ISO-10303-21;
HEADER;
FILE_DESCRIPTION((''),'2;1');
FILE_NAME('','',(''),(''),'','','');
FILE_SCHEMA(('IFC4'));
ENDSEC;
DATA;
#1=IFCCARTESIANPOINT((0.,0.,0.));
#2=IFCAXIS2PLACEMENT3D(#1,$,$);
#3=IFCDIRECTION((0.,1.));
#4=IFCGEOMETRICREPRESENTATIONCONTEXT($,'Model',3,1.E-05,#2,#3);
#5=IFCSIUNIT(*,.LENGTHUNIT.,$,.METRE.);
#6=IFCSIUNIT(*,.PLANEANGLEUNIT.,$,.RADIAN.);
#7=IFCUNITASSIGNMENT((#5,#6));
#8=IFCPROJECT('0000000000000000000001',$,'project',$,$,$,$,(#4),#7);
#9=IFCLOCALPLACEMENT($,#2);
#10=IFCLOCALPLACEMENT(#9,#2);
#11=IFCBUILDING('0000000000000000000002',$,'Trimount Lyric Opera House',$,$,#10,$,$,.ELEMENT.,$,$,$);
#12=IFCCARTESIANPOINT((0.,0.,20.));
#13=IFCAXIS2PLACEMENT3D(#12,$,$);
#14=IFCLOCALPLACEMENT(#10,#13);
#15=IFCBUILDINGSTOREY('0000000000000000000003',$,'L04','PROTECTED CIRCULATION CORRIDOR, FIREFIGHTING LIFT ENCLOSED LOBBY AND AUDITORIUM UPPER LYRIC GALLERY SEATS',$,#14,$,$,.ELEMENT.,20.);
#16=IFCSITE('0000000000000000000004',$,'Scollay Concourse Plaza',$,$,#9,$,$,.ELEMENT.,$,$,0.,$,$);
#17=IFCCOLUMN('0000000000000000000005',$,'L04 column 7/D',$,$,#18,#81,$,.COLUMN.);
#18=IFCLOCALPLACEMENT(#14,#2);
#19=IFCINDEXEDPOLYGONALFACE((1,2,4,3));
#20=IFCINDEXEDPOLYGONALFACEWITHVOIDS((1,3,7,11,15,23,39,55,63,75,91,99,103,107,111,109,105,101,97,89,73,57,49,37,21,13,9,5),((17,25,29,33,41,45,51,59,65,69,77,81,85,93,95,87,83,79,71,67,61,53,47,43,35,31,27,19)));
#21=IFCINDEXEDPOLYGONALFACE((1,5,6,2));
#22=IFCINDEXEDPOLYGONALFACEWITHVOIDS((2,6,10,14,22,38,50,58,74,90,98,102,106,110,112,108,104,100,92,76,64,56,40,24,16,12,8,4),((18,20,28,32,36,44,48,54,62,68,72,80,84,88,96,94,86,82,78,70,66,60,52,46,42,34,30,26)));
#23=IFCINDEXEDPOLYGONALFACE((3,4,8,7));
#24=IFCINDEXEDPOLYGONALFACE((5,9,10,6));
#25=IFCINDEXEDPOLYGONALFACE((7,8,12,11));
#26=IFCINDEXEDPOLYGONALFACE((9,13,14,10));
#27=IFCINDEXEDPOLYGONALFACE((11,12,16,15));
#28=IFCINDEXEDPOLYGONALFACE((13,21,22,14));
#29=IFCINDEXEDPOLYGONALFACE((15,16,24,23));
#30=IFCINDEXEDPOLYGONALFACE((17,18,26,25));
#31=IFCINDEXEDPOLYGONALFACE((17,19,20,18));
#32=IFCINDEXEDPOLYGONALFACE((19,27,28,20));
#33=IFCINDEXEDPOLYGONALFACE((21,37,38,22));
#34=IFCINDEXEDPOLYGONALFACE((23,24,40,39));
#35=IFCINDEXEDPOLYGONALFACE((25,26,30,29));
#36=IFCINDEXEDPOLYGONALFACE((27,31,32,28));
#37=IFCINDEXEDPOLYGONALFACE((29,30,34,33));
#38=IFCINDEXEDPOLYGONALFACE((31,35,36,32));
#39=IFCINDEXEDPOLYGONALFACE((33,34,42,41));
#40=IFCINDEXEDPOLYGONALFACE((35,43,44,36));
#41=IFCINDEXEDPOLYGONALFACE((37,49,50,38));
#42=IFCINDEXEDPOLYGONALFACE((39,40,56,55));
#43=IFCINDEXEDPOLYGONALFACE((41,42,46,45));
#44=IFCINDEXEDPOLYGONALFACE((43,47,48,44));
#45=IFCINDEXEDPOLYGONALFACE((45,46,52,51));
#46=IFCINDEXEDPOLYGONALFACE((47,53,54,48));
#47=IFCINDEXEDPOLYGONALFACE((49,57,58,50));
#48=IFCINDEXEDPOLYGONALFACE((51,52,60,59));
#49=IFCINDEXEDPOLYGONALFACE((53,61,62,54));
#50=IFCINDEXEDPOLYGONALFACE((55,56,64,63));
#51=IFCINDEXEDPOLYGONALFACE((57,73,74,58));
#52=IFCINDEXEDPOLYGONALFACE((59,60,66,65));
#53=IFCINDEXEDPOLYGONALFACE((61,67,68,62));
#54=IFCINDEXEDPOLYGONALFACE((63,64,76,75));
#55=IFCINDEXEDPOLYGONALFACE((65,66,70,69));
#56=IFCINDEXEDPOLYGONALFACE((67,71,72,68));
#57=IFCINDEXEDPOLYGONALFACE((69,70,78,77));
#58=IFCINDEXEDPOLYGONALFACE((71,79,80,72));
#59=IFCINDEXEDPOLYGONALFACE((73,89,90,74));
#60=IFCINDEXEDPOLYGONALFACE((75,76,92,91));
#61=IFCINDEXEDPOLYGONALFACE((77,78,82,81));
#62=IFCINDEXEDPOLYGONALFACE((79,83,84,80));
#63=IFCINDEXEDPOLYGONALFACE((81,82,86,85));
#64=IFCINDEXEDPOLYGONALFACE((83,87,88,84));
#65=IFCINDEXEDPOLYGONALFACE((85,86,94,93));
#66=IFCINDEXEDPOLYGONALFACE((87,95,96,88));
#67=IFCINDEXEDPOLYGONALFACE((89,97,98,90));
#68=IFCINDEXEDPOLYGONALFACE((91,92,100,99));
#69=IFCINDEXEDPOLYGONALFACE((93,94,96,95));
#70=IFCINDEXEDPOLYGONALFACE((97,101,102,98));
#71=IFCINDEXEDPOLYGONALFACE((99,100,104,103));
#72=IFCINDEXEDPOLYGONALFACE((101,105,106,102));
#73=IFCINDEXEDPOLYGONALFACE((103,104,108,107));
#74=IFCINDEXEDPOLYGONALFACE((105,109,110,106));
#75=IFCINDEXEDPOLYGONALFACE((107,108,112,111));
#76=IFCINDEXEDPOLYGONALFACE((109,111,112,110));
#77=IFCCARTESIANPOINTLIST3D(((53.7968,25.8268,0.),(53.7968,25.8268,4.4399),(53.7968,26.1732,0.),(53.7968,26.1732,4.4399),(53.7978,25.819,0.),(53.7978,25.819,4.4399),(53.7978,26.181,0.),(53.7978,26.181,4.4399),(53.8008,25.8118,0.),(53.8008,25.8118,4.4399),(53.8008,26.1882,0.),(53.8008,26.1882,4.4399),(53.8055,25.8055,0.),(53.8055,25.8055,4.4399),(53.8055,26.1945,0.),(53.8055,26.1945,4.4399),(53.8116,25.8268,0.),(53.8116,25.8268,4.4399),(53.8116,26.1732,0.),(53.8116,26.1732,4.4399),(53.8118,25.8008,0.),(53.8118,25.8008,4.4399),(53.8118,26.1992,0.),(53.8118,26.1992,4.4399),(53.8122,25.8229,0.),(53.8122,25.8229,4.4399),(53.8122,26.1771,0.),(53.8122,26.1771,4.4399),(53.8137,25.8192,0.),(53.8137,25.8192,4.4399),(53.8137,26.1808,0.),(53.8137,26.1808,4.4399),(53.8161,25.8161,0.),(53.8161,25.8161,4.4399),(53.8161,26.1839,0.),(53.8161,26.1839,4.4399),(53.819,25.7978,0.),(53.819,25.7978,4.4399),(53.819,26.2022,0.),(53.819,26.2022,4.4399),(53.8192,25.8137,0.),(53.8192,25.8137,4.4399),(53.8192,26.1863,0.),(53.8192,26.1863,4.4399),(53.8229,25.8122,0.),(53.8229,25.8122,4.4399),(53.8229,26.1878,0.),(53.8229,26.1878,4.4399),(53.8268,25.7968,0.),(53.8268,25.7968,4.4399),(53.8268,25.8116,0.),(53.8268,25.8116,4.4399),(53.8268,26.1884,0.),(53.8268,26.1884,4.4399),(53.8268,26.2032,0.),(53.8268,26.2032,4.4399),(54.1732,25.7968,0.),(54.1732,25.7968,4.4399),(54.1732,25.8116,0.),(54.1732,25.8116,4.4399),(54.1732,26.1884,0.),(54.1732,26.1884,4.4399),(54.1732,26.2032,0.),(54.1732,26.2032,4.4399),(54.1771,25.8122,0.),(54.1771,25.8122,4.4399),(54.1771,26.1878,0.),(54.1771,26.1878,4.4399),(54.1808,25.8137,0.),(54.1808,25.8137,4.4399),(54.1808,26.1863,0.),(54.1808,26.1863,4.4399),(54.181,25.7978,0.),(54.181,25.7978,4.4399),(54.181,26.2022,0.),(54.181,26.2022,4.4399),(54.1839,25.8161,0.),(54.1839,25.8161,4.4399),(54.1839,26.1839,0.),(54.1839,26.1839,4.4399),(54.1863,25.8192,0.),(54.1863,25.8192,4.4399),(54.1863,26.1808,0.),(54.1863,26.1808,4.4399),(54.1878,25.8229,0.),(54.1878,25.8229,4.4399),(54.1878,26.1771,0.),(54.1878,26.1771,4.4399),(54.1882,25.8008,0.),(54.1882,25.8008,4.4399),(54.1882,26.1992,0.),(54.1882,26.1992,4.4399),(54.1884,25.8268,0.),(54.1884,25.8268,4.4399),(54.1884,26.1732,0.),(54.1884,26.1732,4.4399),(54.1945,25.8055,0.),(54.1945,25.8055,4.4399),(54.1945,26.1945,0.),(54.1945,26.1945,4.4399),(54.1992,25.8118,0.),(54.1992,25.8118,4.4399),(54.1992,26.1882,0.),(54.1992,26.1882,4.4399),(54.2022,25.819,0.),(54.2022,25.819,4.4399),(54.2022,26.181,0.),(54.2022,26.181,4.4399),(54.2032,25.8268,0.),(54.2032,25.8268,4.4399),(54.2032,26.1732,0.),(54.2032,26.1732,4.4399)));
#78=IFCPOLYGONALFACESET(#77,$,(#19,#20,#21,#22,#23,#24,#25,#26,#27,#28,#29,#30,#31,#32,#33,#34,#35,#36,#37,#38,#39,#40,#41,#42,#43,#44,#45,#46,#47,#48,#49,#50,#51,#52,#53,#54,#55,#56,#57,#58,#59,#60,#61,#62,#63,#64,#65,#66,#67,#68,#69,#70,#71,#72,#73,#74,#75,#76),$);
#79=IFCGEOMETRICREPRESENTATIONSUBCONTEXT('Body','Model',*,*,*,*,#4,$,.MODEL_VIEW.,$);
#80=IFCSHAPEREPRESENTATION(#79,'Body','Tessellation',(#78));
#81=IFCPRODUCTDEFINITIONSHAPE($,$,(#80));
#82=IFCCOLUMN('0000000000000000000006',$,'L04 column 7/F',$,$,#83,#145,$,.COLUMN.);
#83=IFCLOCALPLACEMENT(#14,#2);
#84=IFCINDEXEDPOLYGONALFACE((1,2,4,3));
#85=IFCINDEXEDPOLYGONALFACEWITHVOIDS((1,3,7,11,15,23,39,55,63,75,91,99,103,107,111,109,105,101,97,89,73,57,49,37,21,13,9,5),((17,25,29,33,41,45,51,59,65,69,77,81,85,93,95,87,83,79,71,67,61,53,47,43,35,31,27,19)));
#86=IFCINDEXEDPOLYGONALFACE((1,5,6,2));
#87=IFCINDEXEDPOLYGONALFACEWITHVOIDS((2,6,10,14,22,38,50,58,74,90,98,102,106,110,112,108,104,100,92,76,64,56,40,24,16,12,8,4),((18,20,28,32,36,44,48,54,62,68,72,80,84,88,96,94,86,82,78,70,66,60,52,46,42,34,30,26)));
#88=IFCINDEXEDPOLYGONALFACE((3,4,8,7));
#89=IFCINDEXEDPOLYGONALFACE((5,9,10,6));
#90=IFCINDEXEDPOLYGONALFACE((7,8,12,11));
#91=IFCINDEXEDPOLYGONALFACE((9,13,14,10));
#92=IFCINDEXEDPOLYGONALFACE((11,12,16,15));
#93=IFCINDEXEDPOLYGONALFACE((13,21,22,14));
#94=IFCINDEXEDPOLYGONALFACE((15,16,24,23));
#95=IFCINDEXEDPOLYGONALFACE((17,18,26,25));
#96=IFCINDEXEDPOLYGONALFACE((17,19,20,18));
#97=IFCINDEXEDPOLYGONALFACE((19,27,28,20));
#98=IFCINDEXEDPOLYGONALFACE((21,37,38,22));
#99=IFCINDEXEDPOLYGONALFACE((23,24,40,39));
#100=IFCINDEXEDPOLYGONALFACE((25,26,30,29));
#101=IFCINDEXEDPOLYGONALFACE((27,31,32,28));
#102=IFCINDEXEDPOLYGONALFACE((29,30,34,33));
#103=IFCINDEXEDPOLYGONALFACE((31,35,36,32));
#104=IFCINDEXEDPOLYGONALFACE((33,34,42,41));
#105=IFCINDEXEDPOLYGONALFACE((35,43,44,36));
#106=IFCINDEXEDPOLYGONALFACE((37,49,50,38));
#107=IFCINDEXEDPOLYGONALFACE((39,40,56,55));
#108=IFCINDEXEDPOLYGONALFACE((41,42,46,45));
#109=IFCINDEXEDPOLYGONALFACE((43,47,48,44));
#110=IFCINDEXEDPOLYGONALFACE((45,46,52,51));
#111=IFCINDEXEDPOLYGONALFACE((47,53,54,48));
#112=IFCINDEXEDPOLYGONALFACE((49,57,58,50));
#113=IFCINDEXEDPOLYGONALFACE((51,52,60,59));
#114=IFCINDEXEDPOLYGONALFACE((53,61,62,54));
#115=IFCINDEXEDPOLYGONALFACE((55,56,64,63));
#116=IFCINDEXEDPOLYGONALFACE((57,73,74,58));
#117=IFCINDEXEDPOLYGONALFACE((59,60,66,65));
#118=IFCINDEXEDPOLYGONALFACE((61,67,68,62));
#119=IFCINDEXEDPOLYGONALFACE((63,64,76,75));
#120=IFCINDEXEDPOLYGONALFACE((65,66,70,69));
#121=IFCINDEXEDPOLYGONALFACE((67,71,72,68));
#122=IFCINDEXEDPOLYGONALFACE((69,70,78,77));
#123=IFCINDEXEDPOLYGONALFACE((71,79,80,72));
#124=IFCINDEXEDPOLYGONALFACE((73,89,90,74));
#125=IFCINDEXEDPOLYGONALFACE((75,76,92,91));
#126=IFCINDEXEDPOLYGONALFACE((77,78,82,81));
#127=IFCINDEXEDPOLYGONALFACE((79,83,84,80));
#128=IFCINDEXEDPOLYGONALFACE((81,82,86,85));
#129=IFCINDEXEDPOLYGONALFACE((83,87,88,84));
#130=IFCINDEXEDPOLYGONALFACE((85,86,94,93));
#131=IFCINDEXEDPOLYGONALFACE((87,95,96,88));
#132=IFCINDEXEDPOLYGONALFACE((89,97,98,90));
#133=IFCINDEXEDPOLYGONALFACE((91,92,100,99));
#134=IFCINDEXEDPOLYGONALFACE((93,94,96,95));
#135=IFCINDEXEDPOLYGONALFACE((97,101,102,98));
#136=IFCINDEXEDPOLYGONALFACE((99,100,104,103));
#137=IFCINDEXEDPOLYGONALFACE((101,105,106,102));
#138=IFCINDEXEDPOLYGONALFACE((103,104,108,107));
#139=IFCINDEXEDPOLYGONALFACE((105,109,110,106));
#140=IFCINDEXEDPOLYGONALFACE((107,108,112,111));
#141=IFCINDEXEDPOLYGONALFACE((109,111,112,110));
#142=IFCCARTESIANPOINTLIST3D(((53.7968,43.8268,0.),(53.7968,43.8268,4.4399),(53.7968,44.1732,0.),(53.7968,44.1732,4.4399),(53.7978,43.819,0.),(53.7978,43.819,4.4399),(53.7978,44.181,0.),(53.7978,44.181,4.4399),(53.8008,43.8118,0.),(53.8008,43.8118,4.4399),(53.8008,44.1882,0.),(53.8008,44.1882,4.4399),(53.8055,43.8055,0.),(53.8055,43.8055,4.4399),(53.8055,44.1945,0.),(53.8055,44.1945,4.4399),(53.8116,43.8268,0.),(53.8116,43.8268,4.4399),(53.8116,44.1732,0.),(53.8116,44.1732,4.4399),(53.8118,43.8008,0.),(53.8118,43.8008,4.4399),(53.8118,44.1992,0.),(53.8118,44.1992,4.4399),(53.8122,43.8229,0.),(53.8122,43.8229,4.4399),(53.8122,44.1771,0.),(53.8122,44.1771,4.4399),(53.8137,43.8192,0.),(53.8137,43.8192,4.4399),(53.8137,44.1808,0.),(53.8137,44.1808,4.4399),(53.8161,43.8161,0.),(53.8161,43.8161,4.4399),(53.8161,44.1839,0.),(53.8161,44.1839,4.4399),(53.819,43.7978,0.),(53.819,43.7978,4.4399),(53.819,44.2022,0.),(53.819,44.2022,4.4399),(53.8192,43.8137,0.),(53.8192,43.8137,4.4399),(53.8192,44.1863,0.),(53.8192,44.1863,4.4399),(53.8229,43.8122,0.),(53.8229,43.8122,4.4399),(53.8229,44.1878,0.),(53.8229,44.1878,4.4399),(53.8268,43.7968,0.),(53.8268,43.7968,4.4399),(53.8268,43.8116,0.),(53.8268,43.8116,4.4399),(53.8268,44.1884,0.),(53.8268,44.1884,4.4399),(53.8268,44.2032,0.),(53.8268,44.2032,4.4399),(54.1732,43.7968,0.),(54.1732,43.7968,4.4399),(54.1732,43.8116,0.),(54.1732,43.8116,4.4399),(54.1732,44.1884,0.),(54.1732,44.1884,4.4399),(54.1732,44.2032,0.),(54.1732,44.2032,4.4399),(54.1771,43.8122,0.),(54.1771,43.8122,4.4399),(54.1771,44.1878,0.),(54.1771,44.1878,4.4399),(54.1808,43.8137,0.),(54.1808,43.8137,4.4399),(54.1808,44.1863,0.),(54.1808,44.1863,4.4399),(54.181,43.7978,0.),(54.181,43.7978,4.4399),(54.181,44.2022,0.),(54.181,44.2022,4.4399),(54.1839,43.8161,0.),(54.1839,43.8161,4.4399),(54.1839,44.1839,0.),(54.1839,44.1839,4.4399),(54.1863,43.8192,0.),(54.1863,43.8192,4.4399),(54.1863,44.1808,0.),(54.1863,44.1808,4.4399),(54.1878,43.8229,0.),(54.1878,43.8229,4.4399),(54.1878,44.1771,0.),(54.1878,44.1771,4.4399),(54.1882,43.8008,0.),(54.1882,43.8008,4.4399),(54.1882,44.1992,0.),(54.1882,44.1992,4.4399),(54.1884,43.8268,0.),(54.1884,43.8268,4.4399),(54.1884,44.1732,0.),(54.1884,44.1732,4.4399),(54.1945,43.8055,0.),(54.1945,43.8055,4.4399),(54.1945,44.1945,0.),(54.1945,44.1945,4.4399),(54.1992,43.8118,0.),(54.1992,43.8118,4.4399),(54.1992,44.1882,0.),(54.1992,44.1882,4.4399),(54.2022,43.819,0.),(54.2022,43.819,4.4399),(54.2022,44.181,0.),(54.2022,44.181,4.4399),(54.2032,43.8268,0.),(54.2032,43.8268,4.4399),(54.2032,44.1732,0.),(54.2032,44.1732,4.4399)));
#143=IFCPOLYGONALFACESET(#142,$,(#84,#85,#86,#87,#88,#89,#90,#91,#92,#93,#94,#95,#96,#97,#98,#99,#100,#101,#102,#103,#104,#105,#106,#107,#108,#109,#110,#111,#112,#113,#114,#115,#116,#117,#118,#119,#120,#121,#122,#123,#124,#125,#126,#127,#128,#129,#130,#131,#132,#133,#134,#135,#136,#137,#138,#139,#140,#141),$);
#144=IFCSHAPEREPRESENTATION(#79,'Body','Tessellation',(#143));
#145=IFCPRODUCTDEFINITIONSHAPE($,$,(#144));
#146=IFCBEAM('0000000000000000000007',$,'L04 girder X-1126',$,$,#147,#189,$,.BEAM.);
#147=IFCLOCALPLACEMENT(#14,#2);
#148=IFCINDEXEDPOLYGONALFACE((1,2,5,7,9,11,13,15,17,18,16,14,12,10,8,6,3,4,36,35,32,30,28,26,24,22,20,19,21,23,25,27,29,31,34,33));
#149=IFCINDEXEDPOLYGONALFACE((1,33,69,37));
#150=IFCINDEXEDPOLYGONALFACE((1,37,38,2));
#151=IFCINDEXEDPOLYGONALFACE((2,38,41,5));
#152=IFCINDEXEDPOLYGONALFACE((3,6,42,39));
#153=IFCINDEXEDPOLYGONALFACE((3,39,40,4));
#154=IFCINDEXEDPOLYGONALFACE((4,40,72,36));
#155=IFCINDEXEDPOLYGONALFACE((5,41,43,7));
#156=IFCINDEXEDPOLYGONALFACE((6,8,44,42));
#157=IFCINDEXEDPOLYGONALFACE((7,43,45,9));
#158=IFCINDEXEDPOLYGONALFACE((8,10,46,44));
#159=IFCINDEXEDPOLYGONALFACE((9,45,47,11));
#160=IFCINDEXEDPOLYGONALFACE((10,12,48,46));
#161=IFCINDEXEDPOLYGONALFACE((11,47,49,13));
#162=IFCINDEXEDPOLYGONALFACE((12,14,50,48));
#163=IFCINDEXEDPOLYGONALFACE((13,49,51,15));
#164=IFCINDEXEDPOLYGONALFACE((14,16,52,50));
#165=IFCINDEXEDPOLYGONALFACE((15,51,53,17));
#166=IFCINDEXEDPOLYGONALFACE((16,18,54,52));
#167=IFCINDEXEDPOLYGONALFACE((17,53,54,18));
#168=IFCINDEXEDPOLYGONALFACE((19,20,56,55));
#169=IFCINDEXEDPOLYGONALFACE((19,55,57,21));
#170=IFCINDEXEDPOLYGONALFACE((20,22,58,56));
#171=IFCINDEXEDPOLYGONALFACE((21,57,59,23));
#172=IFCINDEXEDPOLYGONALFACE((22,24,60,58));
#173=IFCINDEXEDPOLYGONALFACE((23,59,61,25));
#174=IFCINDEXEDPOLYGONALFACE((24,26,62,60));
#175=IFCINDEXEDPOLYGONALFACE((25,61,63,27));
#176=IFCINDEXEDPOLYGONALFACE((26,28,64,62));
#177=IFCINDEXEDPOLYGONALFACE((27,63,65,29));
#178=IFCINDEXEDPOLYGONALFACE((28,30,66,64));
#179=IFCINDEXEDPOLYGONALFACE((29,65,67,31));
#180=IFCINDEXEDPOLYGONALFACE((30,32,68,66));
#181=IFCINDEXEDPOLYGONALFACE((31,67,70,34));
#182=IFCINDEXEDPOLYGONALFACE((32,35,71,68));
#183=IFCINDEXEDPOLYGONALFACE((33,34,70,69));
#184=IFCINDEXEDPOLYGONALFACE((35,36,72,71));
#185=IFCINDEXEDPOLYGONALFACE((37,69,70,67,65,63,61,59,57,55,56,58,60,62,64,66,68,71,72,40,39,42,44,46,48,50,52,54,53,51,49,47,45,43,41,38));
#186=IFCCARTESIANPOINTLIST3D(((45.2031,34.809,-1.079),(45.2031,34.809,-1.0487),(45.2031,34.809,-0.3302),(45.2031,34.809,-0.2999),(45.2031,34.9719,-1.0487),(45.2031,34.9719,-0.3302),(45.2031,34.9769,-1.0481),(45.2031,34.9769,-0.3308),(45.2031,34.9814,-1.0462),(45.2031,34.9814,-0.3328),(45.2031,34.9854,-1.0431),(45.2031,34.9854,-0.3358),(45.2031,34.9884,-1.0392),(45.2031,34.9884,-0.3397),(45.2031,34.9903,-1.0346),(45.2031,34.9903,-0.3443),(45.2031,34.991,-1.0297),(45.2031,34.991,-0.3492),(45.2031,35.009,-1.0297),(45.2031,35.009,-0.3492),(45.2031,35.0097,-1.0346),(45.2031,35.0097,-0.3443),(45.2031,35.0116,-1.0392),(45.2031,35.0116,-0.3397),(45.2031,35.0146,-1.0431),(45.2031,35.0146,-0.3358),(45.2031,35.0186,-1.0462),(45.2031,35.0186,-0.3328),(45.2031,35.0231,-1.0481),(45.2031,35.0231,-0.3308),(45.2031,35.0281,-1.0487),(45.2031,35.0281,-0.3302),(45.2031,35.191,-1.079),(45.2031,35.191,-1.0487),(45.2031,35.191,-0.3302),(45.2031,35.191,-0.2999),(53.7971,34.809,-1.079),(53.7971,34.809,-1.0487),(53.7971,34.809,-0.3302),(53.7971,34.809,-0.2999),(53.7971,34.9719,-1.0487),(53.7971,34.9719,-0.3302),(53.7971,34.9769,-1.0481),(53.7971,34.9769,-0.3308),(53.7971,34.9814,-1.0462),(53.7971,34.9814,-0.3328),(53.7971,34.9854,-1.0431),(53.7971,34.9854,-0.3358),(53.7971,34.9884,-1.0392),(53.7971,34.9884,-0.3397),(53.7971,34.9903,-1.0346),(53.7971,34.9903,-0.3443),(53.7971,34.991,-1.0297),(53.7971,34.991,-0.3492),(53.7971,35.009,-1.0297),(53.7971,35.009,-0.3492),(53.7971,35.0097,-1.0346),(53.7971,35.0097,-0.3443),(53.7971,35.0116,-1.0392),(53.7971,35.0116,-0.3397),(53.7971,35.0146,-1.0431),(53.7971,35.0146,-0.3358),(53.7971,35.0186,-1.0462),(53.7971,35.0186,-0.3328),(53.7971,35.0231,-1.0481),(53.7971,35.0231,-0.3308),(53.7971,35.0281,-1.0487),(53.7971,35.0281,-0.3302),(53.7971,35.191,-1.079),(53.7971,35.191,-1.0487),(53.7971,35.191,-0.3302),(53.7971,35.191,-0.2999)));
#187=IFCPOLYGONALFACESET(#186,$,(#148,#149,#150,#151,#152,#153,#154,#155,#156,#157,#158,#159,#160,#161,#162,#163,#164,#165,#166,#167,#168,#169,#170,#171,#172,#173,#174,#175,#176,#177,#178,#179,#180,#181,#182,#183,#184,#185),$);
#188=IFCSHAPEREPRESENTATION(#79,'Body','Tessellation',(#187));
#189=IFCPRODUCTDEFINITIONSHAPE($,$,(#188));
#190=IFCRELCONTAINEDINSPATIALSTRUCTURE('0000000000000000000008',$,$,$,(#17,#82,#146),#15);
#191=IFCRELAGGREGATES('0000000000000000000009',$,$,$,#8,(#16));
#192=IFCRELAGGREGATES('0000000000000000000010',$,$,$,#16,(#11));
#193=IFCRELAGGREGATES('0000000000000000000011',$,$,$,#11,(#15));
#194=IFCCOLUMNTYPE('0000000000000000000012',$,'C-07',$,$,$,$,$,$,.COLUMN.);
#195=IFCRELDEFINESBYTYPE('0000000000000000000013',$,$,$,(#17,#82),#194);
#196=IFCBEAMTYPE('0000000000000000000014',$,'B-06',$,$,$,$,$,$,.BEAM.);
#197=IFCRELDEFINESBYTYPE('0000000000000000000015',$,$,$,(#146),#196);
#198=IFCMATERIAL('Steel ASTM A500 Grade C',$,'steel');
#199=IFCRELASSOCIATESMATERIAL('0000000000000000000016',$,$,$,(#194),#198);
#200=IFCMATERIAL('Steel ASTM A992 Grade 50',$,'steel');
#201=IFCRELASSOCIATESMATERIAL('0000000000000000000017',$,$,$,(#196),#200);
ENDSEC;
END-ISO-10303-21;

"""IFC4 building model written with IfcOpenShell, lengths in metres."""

from ifc_helpers import new_model, si_unit, direction, frame, origin, origin_2d, place, context, subcontext, project, spatial, hollow_rectangle, i_section, extrude, material, material_profile, profile_set, type_object, element, save


model = new_model("IFC4")

# Units and contexts
model_context = context("Model", 3, precision=1e-05, world=origin(), true_north=direction((0.0, 1.0)))
body_context = subcontext(model_context, "Body", "Model", "MODEL_VIEW")
ifc_project = project(units=[si_unit("LENGTHUNIT", "METRE"), si_unit("PLANEANGLEUNIT", "RADIAN")], contexts=[model_context])

# Site, building, storey
site_placement = place(None, origin())
site = spatial("IfcSite", under=ifc_project, at=site_placement, Name="Scollay Concourse Plaza", CompositionType="ELEMENT", RefElevation=0.0)
building_placement = place(site_placement, origin())
building = spatial("IfcBuilding", under=site, at=building_placement, Name="Trimount Lyric Opera House", CompositionType="ELEMENT")
storey_placement = place(building_placement, frame((0.0, 0.0, 20.0)))
storey = spatial("IfcBuildingStorey", under=building, at=storey_placement, Name="L04", Description="PROTECTED CIRCULATION CORRIDOR, FIREFIGHTING LIFT ENCLOSED LOBBY AND AUDITORIUM UPPER LYRIC GALLERY SEATS", CompositionType="ELEMENT", Elevation=20.0)

# Columns
ifc_material_1 = material(Name="Steel ASTM A500 Grade C", Category="steel")
ifc_material_profile_1 = material_profile(ifc_material_1, hollow_rectangle(XDim=0.4065, YDim=0.4065, WallThickness=0.0149, InnerFilletRadius=0.0151, OuterFilletRadius=0.03, at=origin_2d()), Name="HSS406.4X406.4X15.9")
ifc_profile_set_1 = profile_set([ifc_material_profile_1], Name="Steel ASTM A500 Grade C")
column_type_1 = type_object("IfcColumnType", Name="C-07", PredefinedType="COLUMN", material=ifc_profile_set_1)
for number, where, z_axis, x_axis, name in (
    (1, (54.0, 26.0, 0.0), (0.0, 0.0, 1.0), (1.0, 0.0, 0.0), "L04 column 7/D"),
    (2, (54.0, 44.0, 0.0), (0.0, 0.0, 1.0), (1.0, 0.0, 0.0), "L04 column 7/F"),
):
    element("IfcColumn", number, at=place(storey_placement, frame(where, z_axis=z_axis, x_axis=x_axis)), inside=storey, type_object=column_type_1, Name=name, PredefinedType="COLUMN", context=body_context, shape_type="SweptSolid", body=[
        extrude(hollow_rectangle(XDim=0.4065, YDim=0.4065, WallThickness=0.0149, InnerFilletRadius=0.0151, OuterFilletRadius=0.03, at=origin_2d()), origin(), (0.0, 0.0, 1.0), 4.4399),
    ])

# Beam
ifc_material_2 = material(Name="Steel ASTM A992 Grade 50", Category="steel")
ifc_material_profile_2 = material_profile(ifc_material_2, i_section(OverallWidth=0.3821, OverallDepth=0.7791, WebThickness=0.0181, FlangeThickness=0.0303, FilletRadius=0.019, at=origin_2d()), Name="W30X191")
ifc_profile_set_2 = profile_set([ifc_material_profile_2], Name="Steel ASTM A992 Grade 50")
beam_type_1 = type_object("IfcBeamType", Name="B-06", PredefinedType="BEAM", material=ifc_profile_set_2)
beam_1_placement = place(storey_placement, frame((45.2031, 35.0, -0.6895), z_axis=(1.0, 0.0, 0.0), x_axis=(0.0, 1.0, 0.0)))
element("IfcBeam", 3, at=beam_1_placement, inside=storey, type_object=beam_type_1, Name="L04 girder X-1126", PredefinedType="BEAM", context=body_context, shape_type="SweptSolid", body=[
    extrude(i_section(OverallWidth=0.3821, OverallDepth=0.7791, WebThickness=0.0181, FlangeThickness=0.0303, FilletRadius=0.019, at=origin_2d()), origin(), (0.0, 0.0, 1.0), 8.594),
])

save(model, "model.ifc")
